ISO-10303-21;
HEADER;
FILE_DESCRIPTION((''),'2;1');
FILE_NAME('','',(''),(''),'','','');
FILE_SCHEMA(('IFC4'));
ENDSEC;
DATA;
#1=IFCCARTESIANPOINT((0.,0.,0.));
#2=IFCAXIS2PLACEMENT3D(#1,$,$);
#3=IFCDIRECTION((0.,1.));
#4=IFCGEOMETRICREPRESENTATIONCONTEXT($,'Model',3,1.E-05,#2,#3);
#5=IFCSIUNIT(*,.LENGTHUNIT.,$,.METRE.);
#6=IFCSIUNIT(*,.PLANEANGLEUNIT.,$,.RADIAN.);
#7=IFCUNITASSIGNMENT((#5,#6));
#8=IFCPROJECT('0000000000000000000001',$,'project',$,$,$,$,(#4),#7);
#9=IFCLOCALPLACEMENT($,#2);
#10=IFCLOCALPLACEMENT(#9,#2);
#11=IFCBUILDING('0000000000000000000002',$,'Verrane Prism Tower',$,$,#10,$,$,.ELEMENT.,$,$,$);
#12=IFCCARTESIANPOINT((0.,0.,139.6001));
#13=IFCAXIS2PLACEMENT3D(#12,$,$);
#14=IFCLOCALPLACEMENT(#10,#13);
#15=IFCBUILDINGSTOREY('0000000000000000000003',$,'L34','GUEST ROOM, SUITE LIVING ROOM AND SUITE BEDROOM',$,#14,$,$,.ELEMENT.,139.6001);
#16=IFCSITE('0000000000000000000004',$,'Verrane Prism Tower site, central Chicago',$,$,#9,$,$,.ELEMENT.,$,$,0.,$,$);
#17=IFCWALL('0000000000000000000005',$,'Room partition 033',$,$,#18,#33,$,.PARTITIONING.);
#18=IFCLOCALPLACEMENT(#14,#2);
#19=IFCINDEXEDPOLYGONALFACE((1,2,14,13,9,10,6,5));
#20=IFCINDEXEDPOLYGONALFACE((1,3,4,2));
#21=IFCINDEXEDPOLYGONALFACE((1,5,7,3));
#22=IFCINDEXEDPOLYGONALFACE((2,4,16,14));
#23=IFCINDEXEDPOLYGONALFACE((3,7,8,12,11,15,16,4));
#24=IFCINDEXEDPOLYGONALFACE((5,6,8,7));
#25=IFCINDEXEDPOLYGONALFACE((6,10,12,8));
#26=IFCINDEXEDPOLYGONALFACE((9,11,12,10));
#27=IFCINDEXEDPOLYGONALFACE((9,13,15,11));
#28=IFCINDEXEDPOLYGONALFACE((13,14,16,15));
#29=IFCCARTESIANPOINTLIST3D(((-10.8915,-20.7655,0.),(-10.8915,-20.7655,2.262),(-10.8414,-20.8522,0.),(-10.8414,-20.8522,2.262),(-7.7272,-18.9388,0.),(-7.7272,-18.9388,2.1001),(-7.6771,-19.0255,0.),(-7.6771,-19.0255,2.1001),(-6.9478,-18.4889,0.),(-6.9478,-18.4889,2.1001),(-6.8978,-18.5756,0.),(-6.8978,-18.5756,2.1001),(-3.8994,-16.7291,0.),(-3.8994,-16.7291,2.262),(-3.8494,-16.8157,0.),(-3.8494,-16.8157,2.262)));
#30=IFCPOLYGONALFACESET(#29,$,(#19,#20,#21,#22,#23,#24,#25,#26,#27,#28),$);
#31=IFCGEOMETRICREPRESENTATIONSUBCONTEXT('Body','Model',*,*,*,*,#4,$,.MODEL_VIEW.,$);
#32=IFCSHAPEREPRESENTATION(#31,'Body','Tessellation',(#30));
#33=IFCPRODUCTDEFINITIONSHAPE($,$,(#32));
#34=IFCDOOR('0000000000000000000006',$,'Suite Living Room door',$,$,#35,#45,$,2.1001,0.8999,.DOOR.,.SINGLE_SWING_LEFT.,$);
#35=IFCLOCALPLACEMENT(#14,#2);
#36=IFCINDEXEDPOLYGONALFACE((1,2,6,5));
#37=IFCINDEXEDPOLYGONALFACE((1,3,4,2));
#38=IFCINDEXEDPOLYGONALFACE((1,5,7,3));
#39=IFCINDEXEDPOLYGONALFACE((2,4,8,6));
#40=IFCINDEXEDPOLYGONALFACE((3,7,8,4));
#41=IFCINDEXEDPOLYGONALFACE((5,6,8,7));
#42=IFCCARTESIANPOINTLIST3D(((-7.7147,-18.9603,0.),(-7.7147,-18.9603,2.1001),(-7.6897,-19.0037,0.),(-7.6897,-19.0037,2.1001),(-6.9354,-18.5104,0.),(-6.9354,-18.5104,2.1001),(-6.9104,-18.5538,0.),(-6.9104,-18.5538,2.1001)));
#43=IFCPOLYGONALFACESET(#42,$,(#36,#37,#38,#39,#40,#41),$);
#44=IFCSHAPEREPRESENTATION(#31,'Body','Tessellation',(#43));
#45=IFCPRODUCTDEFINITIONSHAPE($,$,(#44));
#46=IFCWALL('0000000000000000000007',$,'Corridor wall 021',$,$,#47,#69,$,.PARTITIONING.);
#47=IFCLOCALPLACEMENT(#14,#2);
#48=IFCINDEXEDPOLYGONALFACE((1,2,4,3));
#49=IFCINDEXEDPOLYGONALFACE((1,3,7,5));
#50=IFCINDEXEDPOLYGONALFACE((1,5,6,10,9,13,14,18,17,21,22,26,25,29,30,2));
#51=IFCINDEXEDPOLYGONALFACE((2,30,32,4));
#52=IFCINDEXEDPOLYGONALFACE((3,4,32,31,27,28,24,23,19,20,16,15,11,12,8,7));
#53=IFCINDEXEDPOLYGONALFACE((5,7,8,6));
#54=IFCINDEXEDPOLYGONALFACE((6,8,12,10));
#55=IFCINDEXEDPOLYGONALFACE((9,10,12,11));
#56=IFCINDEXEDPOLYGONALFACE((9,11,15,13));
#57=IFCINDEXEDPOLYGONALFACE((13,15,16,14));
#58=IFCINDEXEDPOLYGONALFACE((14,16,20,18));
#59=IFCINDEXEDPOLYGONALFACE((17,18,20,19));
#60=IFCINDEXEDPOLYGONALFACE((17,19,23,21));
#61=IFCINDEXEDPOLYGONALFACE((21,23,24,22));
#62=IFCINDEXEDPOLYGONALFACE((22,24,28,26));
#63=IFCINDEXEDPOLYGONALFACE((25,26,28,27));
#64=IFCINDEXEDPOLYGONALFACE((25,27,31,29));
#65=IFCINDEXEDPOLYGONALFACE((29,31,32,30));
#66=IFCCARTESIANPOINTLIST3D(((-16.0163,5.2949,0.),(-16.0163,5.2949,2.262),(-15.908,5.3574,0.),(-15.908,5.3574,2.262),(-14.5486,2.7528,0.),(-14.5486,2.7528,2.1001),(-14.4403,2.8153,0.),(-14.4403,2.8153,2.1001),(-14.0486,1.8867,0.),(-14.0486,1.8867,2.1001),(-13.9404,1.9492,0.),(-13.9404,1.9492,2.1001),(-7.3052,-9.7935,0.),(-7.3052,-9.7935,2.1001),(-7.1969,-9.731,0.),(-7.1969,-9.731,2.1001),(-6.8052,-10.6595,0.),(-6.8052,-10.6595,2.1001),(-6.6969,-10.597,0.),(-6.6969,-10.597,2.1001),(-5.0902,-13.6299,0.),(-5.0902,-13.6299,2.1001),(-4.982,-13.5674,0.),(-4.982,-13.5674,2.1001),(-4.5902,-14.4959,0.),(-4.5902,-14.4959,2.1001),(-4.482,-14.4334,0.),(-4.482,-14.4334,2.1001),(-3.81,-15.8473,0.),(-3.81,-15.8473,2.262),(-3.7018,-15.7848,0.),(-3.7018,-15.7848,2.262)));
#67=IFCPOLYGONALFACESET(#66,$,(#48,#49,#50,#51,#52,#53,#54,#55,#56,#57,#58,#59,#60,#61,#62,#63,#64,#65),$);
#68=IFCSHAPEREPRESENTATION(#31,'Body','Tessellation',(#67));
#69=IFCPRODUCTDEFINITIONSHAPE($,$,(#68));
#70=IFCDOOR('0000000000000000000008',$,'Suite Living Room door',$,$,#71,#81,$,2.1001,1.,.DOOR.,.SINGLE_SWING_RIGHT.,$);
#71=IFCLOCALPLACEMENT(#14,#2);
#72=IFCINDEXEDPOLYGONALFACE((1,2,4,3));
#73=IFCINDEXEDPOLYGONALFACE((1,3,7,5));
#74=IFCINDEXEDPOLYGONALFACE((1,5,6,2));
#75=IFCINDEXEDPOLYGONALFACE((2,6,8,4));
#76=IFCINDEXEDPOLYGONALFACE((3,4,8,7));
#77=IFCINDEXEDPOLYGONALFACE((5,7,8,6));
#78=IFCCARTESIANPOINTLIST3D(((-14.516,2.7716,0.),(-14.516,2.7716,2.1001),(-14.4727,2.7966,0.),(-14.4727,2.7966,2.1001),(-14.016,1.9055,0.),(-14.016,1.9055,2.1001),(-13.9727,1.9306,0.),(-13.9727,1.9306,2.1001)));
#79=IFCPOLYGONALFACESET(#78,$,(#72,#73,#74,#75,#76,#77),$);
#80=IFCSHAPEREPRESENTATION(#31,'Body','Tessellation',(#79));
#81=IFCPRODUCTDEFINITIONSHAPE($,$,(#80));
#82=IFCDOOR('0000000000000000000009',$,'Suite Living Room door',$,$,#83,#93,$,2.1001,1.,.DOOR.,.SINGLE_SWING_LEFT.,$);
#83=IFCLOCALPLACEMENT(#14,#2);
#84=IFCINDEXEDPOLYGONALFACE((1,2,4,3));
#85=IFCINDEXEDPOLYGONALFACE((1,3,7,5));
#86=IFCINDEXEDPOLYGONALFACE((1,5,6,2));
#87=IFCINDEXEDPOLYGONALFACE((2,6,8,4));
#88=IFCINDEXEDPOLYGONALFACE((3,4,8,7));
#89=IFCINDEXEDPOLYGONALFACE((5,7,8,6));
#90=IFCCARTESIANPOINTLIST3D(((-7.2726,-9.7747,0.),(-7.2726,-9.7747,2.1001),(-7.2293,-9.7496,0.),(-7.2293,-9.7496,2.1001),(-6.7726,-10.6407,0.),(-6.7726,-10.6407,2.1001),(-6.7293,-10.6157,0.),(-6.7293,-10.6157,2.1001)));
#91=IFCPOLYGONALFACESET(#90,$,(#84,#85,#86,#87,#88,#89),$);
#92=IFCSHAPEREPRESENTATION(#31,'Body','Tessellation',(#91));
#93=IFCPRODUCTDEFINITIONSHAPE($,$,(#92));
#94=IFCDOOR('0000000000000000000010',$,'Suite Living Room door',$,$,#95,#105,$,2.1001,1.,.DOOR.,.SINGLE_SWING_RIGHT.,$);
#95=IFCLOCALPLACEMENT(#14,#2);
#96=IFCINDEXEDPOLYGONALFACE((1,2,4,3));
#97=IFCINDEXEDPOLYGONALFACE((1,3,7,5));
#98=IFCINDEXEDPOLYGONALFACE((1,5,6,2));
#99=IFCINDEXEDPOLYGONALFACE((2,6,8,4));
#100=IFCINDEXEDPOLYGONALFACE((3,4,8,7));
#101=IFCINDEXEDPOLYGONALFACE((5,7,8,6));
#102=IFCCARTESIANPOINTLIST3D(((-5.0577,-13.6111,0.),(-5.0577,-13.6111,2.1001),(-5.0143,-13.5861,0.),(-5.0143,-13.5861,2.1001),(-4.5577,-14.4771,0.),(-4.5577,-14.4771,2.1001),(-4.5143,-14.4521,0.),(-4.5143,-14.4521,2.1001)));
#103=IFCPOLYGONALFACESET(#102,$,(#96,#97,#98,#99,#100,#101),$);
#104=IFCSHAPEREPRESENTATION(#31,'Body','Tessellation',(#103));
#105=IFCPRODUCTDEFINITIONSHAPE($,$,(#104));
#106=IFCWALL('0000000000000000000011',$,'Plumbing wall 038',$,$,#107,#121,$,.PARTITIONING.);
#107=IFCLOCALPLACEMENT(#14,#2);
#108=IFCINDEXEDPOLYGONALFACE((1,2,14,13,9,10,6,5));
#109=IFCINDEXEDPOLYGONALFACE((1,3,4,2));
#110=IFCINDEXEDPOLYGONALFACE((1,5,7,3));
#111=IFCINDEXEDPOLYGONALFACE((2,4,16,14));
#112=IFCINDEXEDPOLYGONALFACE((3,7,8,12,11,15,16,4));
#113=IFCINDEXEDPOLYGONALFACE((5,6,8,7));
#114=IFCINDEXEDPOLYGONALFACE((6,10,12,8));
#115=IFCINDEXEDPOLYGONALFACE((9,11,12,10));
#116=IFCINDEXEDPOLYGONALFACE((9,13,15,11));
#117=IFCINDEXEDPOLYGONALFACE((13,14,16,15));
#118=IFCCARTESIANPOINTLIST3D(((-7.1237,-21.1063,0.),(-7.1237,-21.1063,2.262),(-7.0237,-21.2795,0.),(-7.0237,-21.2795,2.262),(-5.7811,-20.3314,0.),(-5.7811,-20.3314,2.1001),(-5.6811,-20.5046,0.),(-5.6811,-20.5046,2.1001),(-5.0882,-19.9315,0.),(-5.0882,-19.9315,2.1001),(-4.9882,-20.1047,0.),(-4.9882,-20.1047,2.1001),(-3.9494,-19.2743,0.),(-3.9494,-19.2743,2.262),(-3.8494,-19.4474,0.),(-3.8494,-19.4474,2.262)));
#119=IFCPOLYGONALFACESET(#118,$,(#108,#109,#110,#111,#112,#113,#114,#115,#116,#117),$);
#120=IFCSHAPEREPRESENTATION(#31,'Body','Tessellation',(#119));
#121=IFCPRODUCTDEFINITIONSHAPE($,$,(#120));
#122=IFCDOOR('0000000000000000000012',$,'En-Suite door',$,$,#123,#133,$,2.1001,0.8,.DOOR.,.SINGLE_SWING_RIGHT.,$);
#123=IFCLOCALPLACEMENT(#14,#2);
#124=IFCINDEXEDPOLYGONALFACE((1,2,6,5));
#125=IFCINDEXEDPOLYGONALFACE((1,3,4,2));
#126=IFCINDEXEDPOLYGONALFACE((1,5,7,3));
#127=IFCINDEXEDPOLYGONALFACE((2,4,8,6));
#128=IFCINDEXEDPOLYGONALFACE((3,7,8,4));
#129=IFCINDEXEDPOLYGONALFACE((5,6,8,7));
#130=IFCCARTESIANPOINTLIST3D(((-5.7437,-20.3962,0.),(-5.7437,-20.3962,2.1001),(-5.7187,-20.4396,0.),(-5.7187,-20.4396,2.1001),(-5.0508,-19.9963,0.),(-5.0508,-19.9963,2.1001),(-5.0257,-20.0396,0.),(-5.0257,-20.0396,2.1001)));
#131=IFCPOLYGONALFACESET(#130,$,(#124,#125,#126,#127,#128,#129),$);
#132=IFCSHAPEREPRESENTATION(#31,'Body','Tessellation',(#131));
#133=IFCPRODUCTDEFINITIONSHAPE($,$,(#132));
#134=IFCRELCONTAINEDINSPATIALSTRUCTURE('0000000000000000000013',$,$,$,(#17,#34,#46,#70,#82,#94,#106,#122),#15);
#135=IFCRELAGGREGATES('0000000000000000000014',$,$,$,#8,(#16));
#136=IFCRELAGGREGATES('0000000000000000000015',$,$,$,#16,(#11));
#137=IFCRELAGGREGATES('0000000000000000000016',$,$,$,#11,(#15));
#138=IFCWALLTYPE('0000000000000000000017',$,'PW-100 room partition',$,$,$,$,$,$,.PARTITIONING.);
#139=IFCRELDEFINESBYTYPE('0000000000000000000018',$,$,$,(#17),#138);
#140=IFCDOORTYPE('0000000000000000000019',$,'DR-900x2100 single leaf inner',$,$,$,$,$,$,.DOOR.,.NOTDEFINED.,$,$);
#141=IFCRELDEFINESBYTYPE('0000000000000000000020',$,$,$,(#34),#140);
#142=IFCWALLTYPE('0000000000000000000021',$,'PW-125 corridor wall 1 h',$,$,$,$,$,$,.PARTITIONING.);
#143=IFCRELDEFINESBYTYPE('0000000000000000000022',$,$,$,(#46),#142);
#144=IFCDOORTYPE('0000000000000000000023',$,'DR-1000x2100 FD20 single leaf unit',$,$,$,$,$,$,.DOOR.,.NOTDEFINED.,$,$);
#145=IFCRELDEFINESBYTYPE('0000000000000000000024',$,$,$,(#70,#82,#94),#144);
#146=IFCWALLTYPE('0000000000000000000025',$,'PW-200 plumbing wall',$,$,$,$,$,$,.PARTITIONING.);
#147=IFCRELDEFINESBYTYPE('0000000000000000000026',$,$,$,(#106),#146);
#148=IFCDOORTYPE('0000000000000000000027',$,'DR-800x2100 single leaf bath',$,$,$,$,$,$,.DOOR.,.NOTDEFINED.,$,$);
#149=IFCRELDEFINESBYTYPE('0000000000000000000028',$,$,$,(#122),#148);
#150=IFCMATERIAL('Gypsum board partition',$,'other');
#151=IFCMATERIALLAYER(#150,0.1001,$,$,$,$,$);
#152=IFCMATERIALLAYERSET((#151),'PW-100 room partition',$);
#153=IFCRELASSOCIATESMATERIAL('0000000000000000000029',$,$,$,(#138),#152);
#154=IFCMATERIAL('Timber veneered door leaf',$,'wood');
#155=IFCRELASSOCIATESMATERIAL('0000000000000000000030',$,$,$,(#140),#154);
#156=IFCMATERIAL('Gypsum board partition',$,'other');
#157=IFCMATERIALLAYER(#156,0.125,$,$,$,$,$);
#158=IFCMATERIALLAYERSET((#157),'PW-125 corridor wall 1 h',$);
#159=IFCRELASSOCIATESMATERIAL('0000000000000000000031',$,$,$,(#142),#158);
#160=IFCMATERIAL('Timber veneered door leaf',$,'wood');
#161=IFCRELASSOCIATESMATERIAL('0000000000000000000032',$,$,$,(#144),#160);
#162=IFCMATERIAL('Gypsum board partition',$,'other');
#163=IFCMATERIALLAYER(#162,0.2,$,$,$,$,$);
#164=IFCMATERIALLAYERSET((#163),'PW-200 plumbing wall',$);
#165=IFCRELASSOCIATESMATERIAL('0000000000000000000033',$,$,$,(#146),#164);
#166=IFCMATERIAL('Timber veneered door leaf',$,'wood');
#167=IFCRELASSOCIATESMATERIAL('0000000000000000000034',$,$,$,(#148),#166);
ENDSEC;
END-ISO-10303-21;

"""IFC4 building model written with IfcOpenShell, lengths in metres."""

from ifc_helpers import new_model, si_unit, direction, frame, frame_2d, origin, place, context, subcontext, project, spatial, rectangle, extrude, material, layer, layer_set, type_object, element, fill, save


model = new_model("IFC4")

# Units and contexts
model_context = context("Model", 3, precision=1e-05, world=origin(), true_north=direction((0.0, 1.0)))
body_context = subcontext(model_context, "Body", "Model", "MODEL_VIEW")
ifc_project = project(units=[si_unit("LENGTHUNIT", "METRE"), si_unit("PLANEANGLEUNIT", "RADIAN")], contexts=[model_context])

# Site, building, storey
site_placement = place(None, origin())
site = spatial("IfcSite", under=ifc_project, at=site_placement, Name="Verrane Prism Tower site, central Chicago", CompositionType="ELEMENT", RefElevation=0.0)
building_placement = place(site_placement, origin())
building = spatial("IfcBuilding", under=site, at=building_placement, Name="Verrane Prism Tower", CompositionType="ELEMENT")
storey_placement = place(building_placement, frame((0.0, 0.0, 139.6001)))
storey = spatial("IfcBuildingStorey", under=building, at=storey_placement, Name="L34", Description="GUEST ROOM, SUITE LIVING ROOM AND SUITE BEDROOM", CompositionType="ELEMENT", Elevation=139.6001)

# Wall, opening, door
ifc_material_1 = material(Name="Gypsum board partition", Category="other")
ifc_layer_1 = layer(ifc_material_1, 0.1001)
ifc_layer_set_1 = layer_set([ifc_layer_1], Name="PW-100 room partition")
wall_type_1 = type_object("IfcWallType", Name="PW-100 room partition", PredefinedType="PARTITIONING", material=ifc_layer_set_1)
wall_1_placement = place(storey_placement, frame((-3.8745, -16.7725, 0.0), z_axis=(0.0, 0.0, 1.0), x_axis=(-0.866048, -0.499961, 0.0)))
wall_1 = element("IfcWall", 1, at=wall_1_placement, inside=storey, type_object=wall_type_1, Name="Room partition 033", PredefinedType="PARTITIONING", context=body_context, shape_type="SweptSolid", body=[
    extrude(rectangle(XDim=8.0735, YDim=0.1001, at=frame_2d((4.0366, 0.0))), origin(), (0.0, 0.0, 1.0), 2.262),
])
opening_1_placement = place(wall_1_placement, frame((3.5198, 0.0, 0.0)))
opening_1 = element("IfcOpeningElement", 2, at=opening_1_placement, cuts=wall_1, PredefinedType="OPENING", context=body_context, shape_type="SweptSolid", body=[
    extrude(rectangle(XDim=0.8999, YDim=2.1001, at=frame_2d((0.45, 1.05))), frame((0.0, 0.0601, 0.0), z_axis=(0.0, -1.0, 0.0), x_axis=(1.0, 0.0, 0.0)), (0.0, 0.0, 1.0), 0.1201),
])
ifc_material_2 = material(Name="Timber veneered door leaf", Category="wood")
door_type_1 = type_object("IfcDoorType", Name="DR-900x2100 single leaf inner", OperationType="NOTDEFINED", PredefinedType="DOOR", material=ifc_material_2)
door_1_placement = place(opening_1_placement, origin())
door_1 = element("IfcDoor", 3, at=door_1_placement, inside=storey, type_object=door_type_1, Name="Suite Living Room door", OperationType="SINGLE_SWING_LEFT", OverallHeight=2.1001, OverallWidth=0.8999, PredefinedType="DOOR", context=body_context, shape_type="SweptSolid", body=[
    extrude(rectangle(XDim=0.8999, YDim=2.1001, at=frame_2d((0.45, 1.05))), frame((0.0, 0.0249, 0.0), z_axis=(0.0, -1.0, 0.0), x_axis=(1.0, 0.0, 0.0)), (0.0, 0.0, 1.0), 0.05),
])
fill(opening_1, door_1)

# Wall, openings, doors
ifc_material_3 = material(Name="Gypsum board partition", Category="other")
ifc_layer_2 = layer(ifc_material_3, 0.125)
ifc_layer_set_2 = layer_set([ifc_layer_2], Name="PW-125 corridor wall 1 h")
wall_type_2 = type_object("IfcWallType", Name="PW-125 corridor wall 1 h", PredefinedType="PARTITIONING", material=ifc_layer_set_2)
wall_2_placement = place(storey_placement, frame((-3.7559, -15.8162, 0.0), z_axis=(0.0, 0.0, 1.0), x_axis=(-0.499993, 0.86603, 0.0)))
wall_2 = element("IfcWall", 4, at=wall_2_placement, inside=storey, type_object=wall_type_2, Name="Corridor wall 021", PredefinedType="PARTITIONING", context=body_context, shape_type="SweptSolid", body=[
    extrude(rectangle(XDim=24.4128, YDim=0.125, at=frame_2d((12.2065, 0.0))), origin(), (0.0, 0.0, 1.0), 2.262),
])
opening_2_placement = place(wall_2_placement, frame((20.4775, 0.0, 0.0)))
opening_2 = element("IfcOpeningElement", 5, at=opening_2_placement, cuts=wall_2, PredefinedType="OPENING", context=body_context, shape_type="SweptSolid", body=[
    extrude(rectangle(XDim=1.0, YDim=2.1001, at=frame_2d((0.5, 1.05))), frame((0.0, 0.0725, 0.0), z_axis=(0.0, -1.0, 0.0), x_axis=(1.0, 0.0, 0.0)), (0.0, 0.0, 1.0), 0.145),
])
opening_3_placement = place(wall_2_placement, frame((5.9905, 0.0, 0.0)))
opening_3 = element("IfcOpeningElement", 6, at=opening_3_placement, cuts=wall_2, PredefinedType="OPENING", context=body_context, shape_type="SweptSolid", body=[
    extrude(rectangle(XDim=1.0, YDim=2.1001, at=frame_2d((0.5, 1.05))), frame((0.0, 0.0725, 0.0), z_axis=(0.0, -1.0, 0.0), x_axis=(1.0, 0.0, 0.0)), (0.0, 0.0, 1.0), 0.145),
])
opening_4_placement = place(wall_2_placement, frame((1.5605, 0.0, 0.0)))
opening_4 = element("IfcOpeningElement", 7, at=opening_4_placement, cuts=wall_2, PredefinedType="OPENING", context=body_context, shape_type="SweptSolid", body=[
    extrude(rectangle(XDim=1.0, YDim=2.1001, at=frame_2d((0.5, 1.05))), frame((0.0, 0.0725, 0.0), z_axis=(0.0, -1.0, 0.0), x_axis=(1.0, 0.0, 0.0)), (0.0, 0.0, 1.0), 0.145),
])
ifc_material_4 = material(Name="Timber veneered door leaf", Category="wood")
door_type_2 = type_object("IfcDoorType", Name="DR-1000x2100 FD20 single leaf unit", OperationType="NOTDEFINED", PredefinedType="DOOR", material=ifc_material_4)
door_2_placement = place(opening_2_placement, origin())
door_2 = element("IfcDoor", 8, at=door_2_placement, inside=storey, type_object=door_type_2, Name="Suite Living Room door", OperationType="SINGLE_SWING_RIGHT", OverallHeight=2.1001, OverallWidth=1.0, PredefinedType="DOOR", context=body_context, shape_type="SweptSolid", body=[
    extrude(rectangle(XDim=1.0, YDim=2.1001, at=frame_2d((0.5, 1.05))), frame((0.0, 0.0249, 0.0), z_axis=(0.0, -1.0, 0.0), x_axis=(1.0, 0.0, 0.0)), (0.0, 0.0, 1.0), 0.05),
])
fill(opening_2, door_2)
door_3_placement = place(opening_3_placement, origin())
door_3 = element("IfcDoor", 9, at=door_3_placement, inside=storey, type_object=door_type_2, Name="Suite Living Room door", OperationType="SINGLE_SWING_LEFT", OverallHeight=2.1001, OverallWidth=1.0, PredefinedType="DOOR", context=body_context, shape_type="SweptSolid", body=[
    extrude(rectangle(XDim=1.0, YDim=2.1001, at=frame_2d((0.5, 1.05))), frame((0.0, 0.0249, 0.0), z_axis=(0.0, -1.0, 0.0), x_axis=(1.0, 0.0, 0.0)), (0.0, 0.0, 1.0), 0.05),
])
fill(opening_3, door_3)
door_4_placement = place(opening_4_placement, origin())
door_4 = element("IfcDoor", 10, at=door_4_placement, inside=storey, type_object=door_type_2, Name="Suite Living Room door", OperationType="SINGLE_SWING_RIGHT", OverallHeight=2.1001, OverallWidth=1.0, PredefinedType="DOOR", context=body_context, shape_type="SweptSolid", body=[
    extrude(rectangle(XDim=1.0, YDim=2.1001, at=frame_2d((0.5, 1.05))), frame((0.0, 0.0249, 0.0), z_axis=(0.0, -1.0, 0.0), x_axis=(1.0, 0.0, 0.0)), (0.0, 0.0, 1.0), 0.05),
])
fill(opening_4, door_4)

# Wall, opening, door
ifc_material_5 = material(Name="Gypsum board partition", Category="other")
ifc_layer_3 = layer(ifc_material_5, 0.2)
ifc_layer_set_3 = layer_set([ifc_layer_3], Name="PW-200 plumbing wall")
wall_type_3 = type_object("IfcWallType", Name="PW-200 plumbing wall", PredefinedType="PARTITIONING", material=ifc_layer_set_3)
wall_3_placement = place(storey_placement, frame((-3.8994, -19.3608, 0.0), z_axis=(0.0, 0.0, 1.0), x_axis=(-0.866104, -0.499865, 0.0)))
wall_3 = element("IfcWall", 11, at=wall_3_placement, inside=storey, type_object=wall_type_3, Name="Plumbing wall 038", PredefinedType="PARTITIONING", context=body_context, shape_type="SweptSolid", body=[
    extrude(rectangle(XDim=3.665, YDim=0.2, at=frame_2d((1.8325, 0.0))), origin(), (0.0, 0.0, 1.0), 2.262),
])
opening_5_placement = place(wall_3_placement, frame((1.3149, 0.0, 0.0)))
opening_5 = element("IfcOpeningElement", 12, at=opening_5_placement, cuts=wall_3, PredefinedType="OPENING", context=body_context, shape_type="SweptSolid", body=[
    extrude(rectangle(XDim=0.8, YDim=2.1001, at=frame_2d((0.3999, 1.05))), frame((0.0, 0.1099, 0.0), z_axis=(0.0, -1.0, 0.0), x_axis=(1.0, 0.0, 0.0)), (0.0, 0.0, 1.0), 0.22),
])
ifc_material_6 = material(Name="Timber veneered door leaf", Category="wood")
door_type_3 = type_object("IfcDoorType", Name="DR-800x2100 single leaf bath", OperationType="NOTDEFINED", PredefinedType="DOOR", material=ifc_material_6)
door_5_placement = place(opening_5_placement, origin())
door_5 = element("IfcDoor", 13, at=door_5_placement, inside=storey, type_object=door_type_3, Name="En-Suite door", OperationType="SINGLE_SWING_RIGHT", OverallHeight=2.1001, OverallWidth=0.8, PredefinedType="DOOR", context=body_context, shape_type="SweptSolid", body=[
    extrude(rectangle(XDim=0.8, YDim=2.1001, at=frame_2d((0.3999, 1.05))), frame((0.0, 0.0249, 0.0), z_axis=(0.0, -1.0, 0.0), x_axis=(1.0, 0.0, 0.0)), (0.0, 0.0, 1.0), 0.05),
])
fill(opening_5, door_5)

save(model, "model.ifc")
